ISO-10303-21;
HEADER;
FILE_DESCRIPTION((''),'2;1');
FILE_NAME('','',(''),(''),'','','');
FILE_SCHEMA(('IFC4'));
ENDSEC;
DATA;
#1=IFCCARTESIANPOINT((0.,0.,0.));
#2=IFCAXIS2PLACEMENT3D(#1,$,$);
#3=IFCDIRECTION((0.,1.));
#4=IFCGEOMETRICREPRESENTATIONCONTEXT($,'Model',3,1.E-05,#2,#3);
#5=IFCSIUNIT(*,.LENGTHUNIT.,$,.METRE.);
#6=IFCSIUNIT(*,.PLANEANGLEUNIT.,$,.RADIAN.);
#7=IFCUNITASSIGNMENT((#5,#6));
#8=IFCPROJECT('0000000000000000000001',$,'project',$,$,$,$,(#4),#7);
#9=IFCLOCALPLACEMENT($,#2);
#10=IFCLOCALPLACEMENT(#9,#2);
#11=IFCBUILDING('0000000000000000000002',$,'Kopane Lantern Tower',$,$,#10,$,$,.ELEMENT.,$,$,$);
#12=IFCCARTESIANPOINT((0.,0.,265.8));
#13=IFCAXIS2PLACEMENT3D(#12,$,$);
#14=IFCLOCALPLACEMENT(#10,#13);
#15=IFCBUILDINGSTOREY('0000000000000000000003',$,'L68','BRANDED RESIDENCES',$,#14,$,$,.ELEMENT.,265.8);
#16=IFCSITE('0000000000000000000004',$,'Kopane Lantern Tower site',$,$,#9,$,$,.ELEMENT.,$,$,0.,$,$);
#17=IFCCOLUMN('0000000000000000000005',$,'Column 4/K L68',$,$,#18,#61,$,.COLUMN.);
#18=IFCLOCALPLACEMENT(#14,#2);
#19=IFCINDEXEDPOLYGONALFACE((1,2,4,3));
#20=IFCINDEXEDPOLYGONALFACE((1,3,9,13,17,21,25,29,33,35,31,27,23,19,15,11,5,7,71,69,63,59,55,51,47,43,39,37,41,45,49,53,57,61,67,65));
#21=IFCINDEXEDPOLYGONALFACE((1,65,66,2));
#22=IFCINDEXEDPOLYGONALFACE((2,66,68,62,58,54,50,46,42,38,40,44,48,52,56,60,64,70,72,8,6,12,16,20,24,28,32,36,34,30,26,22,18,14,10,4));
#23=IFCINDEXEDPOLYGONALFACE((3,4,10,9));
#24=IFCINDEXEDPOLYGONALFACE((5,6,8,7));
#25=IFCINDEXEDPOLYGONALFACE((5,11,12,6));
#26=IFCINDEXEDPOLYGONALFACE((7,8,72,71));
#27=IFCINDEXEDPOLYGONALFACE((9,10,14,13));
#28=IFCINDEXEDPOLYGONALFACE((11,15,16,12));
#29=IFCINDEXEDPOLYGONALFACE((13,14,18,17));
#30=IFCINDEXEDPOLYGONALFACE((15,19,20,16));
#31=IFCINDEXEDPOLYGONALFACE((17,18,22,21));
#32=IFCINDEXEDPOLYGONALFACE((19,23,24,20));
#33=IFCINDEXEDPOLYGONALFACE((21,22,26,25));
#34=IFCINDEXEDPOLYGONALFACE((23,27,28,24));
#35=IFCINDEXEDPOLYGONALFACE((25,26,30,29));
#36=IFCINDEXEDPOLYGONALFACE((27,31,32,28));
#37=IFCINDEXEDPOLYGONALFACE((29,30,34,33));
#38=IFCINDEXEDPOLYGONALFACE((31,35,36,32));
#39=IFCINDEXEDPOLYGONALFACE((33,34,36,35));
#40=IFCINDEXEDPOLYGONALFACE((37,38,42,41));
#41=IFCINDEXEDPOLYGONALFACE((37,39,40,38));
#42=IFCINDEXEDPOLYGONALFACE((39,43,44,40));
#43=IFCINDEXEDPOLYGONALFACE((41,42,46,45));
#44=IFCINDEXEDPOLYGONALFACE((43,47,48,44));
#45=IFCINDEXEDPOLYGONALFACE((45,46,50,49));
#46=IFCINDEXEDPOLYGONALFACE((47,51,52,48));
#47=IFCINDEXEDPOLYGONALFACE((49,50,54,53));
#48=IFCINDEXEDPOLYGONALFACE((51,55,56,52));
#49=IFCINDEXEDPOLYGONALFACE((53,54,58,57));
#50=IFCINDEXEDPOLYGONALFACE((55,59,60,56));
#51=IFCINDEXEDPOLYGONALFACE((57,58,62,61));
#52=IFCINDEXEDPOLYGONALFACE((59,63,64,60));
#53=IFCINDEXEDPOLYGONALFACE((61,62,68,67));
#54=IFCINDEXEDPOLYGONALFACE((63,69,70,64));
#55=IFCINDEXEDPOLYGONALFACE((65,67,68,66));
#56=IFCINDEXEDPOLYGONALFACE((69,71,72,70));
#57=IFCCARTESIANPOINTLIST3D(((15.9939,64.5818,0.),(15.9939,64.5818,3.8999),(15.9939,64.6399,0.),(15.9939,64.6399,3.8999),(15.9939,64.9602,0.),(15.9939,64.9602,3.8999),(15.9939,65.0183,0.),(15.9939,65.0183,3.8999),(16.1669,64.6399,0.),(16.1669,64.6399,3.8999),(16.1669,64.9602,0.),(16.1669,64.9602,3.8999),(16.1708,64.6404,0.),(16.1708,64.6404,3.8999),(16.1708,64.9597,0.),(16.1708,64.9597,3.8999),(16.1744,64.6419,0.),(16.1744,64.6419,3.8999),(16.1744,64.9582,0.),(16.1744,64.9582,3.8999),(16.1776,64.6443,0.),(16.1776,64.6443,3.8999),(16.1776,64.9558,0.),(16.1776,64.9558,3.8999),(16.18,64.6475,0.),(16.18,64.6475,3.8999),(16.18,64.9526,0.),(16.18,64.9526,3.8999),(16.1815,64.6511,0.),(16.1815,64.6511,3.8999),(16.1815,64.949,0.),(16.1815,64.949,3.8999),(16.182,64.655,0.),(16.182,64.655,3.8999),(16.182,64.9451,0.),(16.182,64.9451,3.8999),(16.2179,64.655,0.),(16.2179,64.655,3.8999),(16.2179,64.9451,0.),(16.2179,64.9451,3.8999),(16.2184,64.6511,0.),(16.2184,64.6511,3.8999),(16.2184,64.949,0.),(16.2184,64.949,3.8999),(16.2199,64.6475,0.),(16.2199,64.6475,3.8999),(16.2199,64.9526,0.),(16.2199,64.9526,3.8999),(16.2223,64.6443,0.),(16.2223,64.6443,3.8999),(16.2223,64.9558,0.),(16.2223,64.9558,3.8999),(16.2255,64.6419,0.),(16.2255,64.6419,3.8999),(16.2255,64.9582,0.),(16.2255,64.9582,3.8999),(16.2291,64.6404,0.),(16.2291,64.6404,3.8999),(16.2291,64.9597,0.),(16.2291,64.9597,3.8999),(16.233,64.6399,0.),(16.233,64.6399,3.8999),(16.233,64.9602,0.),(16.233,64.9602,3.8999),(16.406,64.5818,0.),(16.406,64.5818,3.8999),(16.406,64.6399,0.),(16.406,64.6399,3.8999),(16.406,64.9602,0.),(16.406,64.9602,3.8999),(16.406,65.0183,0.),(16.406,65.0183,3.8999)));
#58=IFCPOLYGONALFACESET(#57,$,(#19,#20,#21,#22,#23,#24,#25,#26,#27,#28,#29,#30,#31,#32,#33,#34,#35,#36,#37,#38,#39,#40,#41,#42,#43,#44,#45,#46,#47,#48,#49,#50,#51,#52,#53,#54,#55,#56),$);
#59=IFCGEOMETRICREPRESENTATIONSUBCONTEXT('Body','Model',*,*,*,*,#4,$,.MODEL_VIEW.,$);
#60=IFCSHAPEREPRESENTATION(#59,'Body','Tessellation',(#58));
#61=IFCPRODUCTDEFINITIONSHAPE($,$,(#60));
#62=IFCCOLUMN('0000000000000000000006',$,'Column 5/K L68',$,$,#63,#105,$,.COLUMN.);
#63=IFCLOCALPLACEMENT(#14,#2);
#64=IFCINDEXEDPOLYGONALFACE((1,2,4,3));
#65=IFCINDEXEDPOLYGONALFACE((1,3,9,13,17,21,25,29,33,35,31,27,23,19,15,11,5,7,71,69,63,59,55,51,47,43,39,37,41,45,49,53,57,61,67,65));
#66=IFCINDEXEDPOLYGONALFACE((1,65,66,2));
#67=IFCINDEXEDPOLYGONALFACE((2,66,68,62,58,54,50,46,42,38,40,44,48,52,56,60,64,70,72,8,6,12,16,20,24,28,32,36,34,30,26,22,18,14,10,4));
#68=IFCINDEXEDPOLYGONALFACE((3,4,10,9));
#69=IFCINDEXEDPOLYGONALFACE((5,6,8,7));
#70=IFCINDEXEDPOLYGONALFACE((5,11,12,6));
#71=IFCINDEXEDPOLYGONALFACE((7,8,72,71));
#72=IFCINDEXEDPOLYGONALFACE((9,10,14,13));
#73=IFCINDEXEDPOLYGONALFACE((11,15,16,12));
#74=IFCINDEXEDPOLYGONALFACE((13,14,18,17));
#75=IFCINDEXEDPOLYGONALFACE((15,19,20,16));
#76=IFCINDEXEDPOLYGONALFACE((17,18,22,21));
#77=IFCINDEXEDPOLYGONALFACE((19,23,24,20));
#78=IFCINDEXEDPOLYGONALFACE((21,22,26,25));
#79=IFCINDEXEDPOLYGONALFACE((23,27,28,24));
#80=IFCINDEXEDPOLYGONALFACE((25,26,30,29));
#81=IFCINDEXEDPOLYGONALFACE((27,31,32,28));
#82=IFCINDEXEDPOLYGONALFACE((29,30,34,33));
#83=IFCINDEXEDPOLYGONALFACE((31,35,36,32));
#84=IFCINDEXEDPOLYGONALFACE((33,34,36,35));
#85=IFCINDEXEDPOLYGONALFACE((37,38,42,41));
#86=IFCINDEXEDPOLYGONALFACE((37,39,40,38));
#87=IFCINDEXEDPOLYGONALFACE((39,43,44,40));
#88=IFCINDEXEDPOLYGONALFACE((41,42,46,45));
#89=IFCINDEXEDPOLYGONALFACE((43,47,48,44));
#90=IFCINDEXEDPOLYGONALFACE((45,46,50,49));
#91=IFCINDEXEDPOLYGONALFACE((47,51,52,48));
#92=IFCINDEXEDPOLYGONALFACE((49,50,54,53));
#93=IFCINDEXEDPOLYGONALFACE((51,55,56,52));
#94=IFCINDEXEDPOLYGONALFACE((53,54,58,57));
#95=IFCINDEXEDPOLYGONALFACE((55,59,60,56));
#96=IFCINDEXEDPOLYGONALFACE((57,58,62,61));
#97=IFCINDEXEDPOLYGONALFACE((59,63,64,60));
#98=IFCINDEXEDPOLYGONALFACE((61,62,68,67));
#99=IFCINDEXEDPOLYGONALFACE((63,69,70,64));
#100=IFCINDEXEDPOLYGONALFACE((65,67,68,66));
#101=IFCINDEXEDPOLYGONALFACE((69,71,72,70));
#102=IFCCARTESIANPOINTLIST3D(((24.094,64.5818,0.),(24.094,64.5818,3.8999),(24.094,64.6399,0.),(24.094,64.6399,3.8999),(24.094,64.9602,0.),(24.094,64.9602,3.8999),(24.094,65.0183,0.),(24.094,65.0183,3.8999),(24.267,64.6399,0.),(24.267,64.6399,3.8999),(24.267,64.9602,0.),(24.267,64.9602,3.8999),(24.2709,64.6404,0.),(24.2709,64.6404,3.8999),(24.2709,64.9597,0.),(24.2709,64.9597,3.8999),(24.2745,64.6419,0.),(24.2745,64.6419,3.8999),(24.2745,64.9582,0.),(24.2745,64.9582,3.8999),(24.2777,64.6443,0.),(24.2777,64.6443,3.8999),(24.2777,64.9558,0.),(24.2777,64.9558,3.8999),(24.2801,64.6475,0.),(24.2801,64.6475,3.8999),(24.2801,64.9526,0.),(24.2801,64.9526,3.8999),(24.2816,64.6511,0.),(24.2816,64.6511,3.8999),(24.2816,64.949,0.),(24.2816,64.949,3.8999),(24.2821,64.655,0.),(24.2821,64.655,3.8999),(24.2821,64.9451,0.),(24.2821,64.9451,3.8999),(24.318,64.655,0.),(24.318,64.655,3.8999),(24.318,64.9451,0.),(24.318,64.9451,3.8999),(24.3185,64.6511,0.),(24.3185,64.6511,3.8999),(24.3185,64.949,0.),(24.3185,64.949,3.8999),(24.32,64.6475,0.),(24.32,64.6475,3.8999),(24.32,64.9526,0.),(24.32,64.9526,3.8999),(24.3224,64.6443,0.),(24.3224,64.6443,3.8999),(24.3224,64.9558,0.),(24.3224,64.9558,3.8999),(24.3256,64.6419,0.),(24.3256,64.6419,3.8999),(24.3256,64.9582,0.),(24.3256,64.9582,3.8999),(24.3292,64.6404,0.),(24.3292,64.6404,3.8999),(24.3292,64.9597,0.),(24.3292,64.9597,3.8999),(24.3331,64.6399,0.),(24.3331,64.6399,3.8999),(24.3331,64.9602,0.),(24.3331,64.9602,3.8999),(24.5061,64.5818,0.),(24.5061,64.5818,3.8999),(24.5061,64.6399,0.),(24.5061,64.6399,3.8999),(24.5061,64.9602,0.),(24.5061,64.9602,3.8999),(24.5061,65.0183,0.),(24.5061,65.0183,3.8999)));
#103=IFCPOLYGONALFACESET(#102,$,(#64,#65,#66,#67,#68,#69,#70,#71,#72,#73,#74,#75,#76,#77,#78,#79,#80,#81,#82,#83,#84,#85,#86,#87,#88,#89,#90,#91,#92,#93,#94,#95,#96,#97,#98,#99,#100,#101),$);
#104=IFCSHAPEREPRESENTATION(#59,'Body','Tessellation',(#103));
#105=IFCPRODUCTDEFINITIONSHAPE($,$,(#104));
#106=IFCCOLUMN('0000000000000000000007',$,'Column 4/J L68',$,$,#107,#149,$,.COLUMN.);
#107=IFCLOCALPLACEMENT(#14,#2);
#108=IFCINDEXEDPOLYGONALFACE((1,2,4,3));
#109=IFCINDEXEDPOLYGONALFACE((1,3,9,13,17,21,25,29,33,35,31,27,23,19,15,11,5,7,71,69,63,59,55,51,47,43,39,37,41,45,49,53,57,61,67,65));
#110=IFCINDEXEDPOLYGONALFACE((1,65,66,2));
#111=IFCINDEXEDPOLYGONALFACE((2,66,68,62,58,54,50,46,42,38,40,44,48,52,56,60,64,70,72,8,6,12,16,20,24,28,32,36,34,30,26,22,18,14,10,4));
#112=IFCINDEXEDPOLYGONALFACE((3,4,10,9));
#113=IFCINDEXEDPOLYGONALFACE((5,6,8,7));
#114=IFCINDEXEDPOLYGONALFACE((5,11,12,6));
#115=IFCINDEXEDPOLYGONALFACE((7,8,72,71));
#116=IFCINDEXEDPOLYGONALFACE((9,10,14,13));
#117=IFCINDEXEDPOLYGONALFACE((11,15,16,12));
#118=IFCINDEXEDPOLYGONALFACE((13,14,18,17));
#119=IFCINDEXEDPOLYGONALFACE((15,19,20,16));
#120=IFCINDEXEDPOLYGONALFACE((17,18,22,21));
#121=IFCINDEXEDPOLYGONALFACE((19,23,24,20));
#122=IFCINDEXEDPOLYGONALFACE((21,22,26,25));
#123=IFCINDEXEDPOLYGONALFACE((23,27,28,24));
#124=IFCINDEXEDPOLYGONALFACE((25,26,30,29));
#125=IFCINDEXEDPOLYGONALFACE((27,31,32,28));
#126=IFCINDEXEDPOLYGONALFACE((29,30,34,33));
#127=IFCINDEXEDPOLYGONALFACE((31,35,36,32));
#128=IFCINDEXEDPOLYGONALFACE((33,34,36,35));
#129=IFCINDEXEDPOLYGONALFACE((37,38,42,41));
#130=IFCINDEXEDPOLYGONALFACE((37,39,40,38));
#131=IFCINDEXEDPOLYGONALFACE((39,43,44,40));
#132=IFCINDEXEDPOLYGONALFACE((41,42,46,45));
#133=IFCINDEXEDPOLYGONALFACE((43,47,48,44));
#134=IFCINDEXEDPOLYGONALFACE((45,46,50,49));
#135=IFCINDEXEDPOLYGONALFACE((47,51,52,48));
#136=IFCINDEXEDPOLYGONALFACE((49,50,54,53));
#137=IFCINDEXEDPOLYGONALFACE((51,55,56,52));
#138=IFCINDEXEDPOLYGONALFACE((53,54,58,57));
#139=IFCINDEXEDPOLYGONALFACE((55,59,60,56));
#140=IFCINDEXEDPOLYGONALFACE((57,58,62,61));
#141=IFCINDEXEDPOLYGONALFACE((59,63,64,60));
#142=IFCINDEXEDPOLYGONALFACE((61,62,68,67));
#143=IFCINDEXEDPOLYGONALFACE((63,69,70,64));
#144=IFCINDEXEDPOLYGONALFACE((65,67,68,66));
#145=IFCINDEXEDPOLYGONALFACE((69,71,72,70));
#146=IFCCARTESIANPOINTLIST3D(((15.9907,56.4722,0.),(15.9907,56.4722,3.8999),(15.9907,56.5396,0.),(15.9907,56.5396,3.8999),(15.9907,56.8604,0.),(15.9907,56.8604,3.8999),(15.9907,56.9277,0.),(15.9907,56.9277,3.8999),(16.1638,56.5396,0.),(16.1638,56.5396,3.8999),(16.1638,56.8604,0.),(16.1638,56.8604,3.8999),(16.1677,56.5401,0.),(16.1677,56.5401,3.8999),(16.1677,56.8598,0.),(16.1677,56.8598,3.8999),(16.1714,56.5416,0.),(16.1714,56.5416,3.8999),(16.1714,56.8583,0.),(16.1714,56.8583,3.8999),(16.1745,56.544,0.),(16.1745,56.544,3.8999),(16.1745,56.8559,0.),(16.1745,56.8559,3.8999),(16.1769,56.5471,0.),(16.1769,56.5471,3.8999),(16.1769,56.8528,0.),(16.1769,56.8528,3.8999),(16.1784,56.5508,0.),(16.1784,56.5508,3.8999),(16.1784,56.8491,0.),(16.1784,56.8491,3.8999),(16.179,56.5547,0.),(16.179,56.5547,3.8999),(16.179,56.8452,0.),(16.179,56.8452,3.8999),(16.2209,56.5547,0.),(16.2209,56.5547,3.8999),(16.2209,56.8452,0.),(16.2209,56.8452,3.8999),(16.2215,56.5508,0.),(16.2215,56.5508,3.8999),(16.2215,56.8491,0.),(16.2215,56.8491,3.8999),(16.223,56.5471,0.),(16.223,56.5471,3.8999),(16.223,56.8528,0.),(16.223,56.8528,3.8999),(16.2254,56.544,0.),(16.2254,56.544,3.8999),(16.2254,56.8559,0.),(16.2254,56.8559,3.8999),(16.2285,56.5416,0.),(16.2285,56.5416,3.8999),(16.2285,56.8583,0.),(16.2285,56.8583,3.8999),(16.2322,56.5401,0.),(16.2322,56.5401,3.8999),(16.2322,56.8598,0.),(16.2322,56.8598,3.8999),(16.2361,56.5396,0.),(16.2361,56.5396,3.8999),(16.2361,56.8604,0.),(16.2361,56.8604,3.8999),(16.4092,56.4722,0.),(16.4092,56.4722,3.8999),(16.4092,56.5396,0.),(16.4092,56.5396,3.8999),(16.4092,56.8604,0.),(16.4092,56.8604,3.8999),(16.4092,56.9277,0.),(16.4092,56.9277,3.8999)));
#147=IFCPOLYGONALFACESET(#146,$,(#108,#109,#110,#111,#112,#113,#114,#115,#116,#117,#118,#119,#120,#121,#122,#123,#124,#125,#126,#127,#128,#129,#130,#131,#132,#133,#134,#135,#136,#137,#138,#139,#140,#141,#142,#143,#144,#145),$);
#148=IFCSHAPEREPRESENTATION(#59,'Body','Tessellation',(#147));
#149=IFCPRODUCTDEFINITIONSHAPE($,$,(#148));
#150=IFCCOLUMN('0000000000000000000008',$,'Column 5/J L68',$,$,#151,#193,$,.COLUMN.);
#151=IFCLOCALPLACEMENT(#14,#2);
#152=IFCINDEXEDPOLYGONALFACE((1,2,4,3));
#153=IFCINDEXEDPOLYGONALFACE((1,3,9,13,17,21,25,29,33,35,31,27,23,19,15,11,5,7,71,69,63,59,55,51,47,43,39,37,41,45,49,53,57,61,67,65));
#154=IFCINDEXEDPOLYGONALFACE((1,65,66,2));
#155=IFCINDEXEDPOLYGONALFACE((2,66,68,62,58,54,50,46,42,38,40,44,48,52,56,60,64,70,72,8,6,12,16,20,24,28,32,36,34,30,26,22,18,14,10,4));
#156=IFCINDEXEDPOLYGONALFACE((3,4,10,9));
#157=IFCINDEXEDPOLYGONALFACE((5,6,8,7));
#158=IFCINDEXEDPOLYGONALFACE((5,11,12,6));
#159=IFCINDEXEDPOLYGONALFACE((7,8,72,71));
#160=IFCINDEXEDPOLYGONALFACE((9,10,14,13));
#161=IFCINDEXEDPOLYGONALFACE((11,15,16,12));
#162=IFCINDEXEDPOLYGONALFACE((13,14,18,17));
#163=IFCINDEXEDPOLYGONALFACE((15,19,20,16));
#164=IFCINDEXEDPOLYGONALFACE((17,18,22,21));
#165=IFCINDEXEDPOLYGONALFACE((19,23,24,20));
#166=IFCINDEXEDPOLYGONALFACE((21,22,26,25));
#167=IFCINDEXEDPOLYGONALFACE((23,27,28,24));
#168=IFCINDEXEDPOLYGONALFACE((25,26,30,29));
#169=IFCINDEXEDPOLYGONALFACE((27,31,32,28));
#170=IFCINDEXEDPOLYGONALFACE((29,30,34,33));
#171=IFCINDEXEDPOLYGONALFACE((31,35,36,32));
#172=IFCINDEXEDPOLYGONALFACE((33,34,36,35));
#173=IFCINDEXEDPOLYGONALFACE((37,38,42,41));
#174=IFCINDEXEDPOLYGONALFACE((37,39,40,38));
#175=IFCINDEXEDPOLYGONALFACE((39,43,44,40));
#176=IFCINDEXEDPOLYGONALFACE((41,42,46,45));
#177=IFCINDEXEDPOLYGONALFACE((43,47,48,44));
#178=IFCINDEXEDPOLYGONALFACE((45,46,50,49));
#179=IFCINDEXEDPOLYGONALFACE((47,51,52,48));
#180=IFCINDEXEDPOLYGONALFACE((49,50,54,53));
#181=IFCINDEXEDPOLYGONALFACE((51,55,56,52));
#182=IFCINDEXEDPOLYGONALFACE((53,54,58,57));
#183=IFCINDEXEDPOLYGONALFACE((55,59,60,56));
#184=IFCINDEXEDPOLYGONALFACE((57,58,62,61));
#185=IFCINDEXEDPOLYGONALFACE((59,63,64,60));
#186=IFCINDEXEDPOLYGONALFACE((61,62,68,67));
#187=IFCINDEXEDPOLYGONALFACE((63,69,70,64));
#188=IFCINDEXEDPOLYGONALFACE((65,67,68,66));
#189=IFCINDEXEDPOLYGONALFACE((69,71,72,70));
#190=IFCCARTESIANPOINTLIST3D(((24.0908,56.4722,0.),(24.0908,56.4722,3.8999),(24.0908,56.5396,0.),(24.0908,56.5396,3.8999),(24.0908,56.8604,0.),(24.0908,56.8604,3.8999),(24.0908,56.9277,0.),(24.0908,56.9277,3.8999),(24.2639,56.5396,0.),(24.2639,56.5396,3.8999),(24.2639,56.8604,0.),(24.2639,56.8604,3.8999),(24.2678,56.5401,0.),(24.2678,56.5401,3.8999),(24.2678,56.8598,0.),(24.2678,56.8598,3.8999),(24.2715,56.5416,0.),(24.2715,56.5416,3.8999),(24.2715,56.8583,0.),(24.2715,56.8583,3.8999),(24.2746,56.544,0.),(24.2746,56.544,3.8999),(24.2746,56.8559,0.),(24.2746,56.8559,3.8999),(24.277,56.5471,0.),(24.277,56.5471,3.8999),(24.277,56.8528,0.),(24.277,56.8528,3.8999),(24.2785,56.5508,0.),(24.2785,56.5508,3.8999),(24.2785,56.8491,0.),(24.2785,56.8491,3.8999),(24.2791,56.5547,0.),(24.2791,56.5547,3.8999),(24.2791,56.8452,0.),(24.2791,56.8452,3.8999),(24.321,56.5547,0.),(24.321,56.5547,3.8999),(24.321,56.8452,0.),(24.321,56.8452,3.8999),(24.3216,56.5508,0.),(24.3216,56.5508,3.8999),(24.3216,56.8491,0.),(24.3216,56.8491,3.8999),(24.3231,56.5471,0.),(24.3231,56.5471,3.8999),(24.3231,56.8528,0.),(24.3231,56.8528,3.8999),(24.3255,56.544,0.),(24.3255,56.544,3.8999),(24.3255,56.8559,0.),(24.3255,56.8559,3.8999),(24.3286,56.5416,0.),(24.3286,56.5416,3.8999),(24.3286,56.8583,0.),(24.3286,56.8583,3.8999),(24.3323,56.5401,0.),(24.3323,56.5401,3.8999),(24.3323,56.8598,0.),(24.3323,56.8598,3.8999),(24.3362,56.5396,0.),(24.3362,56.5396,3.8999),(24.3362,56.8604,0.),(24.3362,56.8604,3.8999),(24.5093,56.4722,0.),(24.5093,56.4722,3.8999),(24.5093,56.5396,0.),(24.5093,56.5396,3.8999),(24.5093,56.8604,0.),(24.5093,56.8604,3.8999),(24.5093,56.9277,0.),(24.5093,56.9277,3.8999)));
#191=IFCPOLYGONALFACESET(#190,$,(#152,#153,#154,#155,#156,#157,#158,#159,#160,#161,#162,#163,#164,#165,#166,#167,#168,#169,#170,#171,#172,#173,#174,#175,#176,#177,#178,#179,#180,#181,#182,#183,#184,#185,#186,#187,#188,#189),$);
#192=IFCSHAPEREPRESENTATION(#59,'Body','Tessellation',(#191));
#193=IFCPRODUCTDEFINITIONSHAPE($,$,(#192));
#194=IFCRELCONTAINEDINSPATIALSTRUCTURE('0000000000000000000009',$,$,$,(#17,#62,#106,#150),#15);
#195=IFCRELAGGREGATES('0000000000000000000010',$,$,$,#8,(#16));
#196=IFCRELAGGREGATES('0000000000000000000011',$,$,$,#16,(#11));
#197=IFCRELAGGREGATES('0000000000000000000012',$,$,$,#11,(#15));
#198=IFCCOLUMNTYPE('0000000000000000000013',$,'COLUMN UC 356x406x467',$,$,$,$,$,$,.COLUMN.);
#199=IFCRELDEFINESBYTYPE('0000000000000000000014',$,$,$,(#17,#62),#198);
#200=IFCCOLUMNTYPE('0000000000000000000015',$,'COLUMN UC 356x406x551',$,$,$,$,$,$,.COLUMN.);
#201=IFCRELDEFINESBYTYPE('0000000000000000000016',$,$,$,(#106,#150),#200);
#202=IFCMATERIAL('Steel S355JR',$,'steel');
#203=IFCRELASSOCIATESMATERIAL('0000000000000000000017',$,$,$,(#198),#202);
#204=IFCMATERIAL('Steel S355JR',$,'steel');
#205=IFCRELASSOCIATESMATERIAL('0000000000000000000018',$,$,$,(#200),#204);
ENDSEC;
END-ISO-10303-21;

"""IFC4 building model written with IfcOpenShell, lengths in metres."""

from ifc_helpers import new_model, si_unit, direction, frame, origin, origin_2d, place, context, subcontext, project, spatial, i_section, extrude, material, material_profile, profile_set, type_object, element, save


model = new_model("IFC4")

# Units and contexts
model_context = context("Model", 3, precision=1e-05, world=origin(), true_north=direction((0.0, 1.0)))
body_context = subcontext(model_context, "Body", "Model", "MODEL_VIEW")
ifc_project = project(units=[si_unit("LENGTHUNIT", "METRE"), si_unit("PLANEANGLEUNIT", "RADIAN")], contexts=[model_context])

# Site, building, storey
site_placement = place(None, origin())
site = spatial("IfcSite", under=ifc_project, at=site_placement, Name="Kopane Lantern Tower site", CompositionType="ELEMENT", RefElevation=0.0)
building_placement = place(site_placement, origin())
building = spatial("IfcBuilding", under=site, at=building_placement, Name="Kopane Lantern Tower", CompositionType="ELEMENT")
storey_placement = place(building_placement, frame((0.0, 0.0, 265.8)))
storey = spatial("IfcBuildingStorey", under=building, at=storey_placement, Name="L68", Description="BRANDED RESIDENCES", CompositionType="ELEMENT", Elevation=265.8)

# Columns
ifc_material_1 = material(Name="Steel S355JR", Category="steel")
ifc_material_profile_1 = material_profile(ifc_material_1, i_section(OverallWidth=0.4121, OverallDepth=0.4365, WebThickness=0.0359, FlangeThickness=0.0581, FilletRadius=0.0151, at=origin_2d()), Name="UC 356x406x467")
ifc_profile_set_1 = profile_set([ifc_material_profile_1], Name="Steel S355JR")
column_type_1 = type_object("IfcColumnType", Name="COLUMN UC 356x406x467", PredefinedType="COLUMN", material=ifc_profile_set_1)
for number, where, z_axis, x_axis, name in (
    (1, (16.2, 64.8, 0.0), (0.0, 0.0, 1.0), (1.0, 0.0, 0.0), "Column 4/K L68"),
    (2, (24.3, 64.8, 0.0), (0.0, 0.0, 1.0), (1.0, 0.0, 0.0), "Column 5/K L68"),
):
    element("IfcColumn", number, at=place(storey_placement, frame(where, z_axis=z_axis, x_axis=x_axis)), inside=storey, type_object=column_type_1, Name=name, PredefinedType="COLUMN", context=body_context, shape_type="SweptSolid", body=[
        extrude(i_section(OverallWidth=0.4121, OverallDepth=0.4365, WebThickness=0.0359, FlangeThickness=0.0581, FilletRadius=0.0151, at=origin_2d()), origin(), (0.0, 0.0, 1.0), 3.8999),
    ])
ifc_material_2 = material(Name="Steel S355JR", Category="steel")
ifc_material_profile_2 = material_profile(ifc_material_2, i_section(OverallWidth=0.4185, OverallDepth=0.4556, WebThickness=0.042, FlangeThickness=0.0674, FilletRadius=0.0151, at=origin_2d()), Name="UC 356x406x551")
ifc_profile_set_2 = profile_set([ifc_material_profile_2], Name="Steel S355JR")
column_type_2 = type_object("IfcColumnType", Name="COLUMN UC 356x406x551", PredefinedType="COLUMN", material=ifc_profile_set_2)
for number, where, z_axis, x_axis, name in (
    (3, (16.2, 56.7, 0.0), (0.0, 0.0, 1.0), (1.0, 0.0, 0.0), "Column 4/J L68"),
    (4, (24.3, 56.7, 0.0), (0.0, 0.0, 1.0), (1.0, 0.0, 0.0), "Column 5/J L68"),
):
    element("IfcColumn", number, at=place(storey_placement, frame(where, z_axis=z_axis, x_axis=x_axis)), inside=storey, type_object=column_type_2, Name=name, PredefinedType="COLUMN", context=body_context, shape_type="SweptSolid", body=[
        extrude(i_section(OverallWidth=0.4185, OverallDepth=0.4556, WebThickness=0.042, FlangeThickness=0.0674, FilletRadius=0.0151, at=origin_2d()), origin(), (0.0, 0.0, 1.0), 3.8999),
    ])

save(model, "model.ifc")
